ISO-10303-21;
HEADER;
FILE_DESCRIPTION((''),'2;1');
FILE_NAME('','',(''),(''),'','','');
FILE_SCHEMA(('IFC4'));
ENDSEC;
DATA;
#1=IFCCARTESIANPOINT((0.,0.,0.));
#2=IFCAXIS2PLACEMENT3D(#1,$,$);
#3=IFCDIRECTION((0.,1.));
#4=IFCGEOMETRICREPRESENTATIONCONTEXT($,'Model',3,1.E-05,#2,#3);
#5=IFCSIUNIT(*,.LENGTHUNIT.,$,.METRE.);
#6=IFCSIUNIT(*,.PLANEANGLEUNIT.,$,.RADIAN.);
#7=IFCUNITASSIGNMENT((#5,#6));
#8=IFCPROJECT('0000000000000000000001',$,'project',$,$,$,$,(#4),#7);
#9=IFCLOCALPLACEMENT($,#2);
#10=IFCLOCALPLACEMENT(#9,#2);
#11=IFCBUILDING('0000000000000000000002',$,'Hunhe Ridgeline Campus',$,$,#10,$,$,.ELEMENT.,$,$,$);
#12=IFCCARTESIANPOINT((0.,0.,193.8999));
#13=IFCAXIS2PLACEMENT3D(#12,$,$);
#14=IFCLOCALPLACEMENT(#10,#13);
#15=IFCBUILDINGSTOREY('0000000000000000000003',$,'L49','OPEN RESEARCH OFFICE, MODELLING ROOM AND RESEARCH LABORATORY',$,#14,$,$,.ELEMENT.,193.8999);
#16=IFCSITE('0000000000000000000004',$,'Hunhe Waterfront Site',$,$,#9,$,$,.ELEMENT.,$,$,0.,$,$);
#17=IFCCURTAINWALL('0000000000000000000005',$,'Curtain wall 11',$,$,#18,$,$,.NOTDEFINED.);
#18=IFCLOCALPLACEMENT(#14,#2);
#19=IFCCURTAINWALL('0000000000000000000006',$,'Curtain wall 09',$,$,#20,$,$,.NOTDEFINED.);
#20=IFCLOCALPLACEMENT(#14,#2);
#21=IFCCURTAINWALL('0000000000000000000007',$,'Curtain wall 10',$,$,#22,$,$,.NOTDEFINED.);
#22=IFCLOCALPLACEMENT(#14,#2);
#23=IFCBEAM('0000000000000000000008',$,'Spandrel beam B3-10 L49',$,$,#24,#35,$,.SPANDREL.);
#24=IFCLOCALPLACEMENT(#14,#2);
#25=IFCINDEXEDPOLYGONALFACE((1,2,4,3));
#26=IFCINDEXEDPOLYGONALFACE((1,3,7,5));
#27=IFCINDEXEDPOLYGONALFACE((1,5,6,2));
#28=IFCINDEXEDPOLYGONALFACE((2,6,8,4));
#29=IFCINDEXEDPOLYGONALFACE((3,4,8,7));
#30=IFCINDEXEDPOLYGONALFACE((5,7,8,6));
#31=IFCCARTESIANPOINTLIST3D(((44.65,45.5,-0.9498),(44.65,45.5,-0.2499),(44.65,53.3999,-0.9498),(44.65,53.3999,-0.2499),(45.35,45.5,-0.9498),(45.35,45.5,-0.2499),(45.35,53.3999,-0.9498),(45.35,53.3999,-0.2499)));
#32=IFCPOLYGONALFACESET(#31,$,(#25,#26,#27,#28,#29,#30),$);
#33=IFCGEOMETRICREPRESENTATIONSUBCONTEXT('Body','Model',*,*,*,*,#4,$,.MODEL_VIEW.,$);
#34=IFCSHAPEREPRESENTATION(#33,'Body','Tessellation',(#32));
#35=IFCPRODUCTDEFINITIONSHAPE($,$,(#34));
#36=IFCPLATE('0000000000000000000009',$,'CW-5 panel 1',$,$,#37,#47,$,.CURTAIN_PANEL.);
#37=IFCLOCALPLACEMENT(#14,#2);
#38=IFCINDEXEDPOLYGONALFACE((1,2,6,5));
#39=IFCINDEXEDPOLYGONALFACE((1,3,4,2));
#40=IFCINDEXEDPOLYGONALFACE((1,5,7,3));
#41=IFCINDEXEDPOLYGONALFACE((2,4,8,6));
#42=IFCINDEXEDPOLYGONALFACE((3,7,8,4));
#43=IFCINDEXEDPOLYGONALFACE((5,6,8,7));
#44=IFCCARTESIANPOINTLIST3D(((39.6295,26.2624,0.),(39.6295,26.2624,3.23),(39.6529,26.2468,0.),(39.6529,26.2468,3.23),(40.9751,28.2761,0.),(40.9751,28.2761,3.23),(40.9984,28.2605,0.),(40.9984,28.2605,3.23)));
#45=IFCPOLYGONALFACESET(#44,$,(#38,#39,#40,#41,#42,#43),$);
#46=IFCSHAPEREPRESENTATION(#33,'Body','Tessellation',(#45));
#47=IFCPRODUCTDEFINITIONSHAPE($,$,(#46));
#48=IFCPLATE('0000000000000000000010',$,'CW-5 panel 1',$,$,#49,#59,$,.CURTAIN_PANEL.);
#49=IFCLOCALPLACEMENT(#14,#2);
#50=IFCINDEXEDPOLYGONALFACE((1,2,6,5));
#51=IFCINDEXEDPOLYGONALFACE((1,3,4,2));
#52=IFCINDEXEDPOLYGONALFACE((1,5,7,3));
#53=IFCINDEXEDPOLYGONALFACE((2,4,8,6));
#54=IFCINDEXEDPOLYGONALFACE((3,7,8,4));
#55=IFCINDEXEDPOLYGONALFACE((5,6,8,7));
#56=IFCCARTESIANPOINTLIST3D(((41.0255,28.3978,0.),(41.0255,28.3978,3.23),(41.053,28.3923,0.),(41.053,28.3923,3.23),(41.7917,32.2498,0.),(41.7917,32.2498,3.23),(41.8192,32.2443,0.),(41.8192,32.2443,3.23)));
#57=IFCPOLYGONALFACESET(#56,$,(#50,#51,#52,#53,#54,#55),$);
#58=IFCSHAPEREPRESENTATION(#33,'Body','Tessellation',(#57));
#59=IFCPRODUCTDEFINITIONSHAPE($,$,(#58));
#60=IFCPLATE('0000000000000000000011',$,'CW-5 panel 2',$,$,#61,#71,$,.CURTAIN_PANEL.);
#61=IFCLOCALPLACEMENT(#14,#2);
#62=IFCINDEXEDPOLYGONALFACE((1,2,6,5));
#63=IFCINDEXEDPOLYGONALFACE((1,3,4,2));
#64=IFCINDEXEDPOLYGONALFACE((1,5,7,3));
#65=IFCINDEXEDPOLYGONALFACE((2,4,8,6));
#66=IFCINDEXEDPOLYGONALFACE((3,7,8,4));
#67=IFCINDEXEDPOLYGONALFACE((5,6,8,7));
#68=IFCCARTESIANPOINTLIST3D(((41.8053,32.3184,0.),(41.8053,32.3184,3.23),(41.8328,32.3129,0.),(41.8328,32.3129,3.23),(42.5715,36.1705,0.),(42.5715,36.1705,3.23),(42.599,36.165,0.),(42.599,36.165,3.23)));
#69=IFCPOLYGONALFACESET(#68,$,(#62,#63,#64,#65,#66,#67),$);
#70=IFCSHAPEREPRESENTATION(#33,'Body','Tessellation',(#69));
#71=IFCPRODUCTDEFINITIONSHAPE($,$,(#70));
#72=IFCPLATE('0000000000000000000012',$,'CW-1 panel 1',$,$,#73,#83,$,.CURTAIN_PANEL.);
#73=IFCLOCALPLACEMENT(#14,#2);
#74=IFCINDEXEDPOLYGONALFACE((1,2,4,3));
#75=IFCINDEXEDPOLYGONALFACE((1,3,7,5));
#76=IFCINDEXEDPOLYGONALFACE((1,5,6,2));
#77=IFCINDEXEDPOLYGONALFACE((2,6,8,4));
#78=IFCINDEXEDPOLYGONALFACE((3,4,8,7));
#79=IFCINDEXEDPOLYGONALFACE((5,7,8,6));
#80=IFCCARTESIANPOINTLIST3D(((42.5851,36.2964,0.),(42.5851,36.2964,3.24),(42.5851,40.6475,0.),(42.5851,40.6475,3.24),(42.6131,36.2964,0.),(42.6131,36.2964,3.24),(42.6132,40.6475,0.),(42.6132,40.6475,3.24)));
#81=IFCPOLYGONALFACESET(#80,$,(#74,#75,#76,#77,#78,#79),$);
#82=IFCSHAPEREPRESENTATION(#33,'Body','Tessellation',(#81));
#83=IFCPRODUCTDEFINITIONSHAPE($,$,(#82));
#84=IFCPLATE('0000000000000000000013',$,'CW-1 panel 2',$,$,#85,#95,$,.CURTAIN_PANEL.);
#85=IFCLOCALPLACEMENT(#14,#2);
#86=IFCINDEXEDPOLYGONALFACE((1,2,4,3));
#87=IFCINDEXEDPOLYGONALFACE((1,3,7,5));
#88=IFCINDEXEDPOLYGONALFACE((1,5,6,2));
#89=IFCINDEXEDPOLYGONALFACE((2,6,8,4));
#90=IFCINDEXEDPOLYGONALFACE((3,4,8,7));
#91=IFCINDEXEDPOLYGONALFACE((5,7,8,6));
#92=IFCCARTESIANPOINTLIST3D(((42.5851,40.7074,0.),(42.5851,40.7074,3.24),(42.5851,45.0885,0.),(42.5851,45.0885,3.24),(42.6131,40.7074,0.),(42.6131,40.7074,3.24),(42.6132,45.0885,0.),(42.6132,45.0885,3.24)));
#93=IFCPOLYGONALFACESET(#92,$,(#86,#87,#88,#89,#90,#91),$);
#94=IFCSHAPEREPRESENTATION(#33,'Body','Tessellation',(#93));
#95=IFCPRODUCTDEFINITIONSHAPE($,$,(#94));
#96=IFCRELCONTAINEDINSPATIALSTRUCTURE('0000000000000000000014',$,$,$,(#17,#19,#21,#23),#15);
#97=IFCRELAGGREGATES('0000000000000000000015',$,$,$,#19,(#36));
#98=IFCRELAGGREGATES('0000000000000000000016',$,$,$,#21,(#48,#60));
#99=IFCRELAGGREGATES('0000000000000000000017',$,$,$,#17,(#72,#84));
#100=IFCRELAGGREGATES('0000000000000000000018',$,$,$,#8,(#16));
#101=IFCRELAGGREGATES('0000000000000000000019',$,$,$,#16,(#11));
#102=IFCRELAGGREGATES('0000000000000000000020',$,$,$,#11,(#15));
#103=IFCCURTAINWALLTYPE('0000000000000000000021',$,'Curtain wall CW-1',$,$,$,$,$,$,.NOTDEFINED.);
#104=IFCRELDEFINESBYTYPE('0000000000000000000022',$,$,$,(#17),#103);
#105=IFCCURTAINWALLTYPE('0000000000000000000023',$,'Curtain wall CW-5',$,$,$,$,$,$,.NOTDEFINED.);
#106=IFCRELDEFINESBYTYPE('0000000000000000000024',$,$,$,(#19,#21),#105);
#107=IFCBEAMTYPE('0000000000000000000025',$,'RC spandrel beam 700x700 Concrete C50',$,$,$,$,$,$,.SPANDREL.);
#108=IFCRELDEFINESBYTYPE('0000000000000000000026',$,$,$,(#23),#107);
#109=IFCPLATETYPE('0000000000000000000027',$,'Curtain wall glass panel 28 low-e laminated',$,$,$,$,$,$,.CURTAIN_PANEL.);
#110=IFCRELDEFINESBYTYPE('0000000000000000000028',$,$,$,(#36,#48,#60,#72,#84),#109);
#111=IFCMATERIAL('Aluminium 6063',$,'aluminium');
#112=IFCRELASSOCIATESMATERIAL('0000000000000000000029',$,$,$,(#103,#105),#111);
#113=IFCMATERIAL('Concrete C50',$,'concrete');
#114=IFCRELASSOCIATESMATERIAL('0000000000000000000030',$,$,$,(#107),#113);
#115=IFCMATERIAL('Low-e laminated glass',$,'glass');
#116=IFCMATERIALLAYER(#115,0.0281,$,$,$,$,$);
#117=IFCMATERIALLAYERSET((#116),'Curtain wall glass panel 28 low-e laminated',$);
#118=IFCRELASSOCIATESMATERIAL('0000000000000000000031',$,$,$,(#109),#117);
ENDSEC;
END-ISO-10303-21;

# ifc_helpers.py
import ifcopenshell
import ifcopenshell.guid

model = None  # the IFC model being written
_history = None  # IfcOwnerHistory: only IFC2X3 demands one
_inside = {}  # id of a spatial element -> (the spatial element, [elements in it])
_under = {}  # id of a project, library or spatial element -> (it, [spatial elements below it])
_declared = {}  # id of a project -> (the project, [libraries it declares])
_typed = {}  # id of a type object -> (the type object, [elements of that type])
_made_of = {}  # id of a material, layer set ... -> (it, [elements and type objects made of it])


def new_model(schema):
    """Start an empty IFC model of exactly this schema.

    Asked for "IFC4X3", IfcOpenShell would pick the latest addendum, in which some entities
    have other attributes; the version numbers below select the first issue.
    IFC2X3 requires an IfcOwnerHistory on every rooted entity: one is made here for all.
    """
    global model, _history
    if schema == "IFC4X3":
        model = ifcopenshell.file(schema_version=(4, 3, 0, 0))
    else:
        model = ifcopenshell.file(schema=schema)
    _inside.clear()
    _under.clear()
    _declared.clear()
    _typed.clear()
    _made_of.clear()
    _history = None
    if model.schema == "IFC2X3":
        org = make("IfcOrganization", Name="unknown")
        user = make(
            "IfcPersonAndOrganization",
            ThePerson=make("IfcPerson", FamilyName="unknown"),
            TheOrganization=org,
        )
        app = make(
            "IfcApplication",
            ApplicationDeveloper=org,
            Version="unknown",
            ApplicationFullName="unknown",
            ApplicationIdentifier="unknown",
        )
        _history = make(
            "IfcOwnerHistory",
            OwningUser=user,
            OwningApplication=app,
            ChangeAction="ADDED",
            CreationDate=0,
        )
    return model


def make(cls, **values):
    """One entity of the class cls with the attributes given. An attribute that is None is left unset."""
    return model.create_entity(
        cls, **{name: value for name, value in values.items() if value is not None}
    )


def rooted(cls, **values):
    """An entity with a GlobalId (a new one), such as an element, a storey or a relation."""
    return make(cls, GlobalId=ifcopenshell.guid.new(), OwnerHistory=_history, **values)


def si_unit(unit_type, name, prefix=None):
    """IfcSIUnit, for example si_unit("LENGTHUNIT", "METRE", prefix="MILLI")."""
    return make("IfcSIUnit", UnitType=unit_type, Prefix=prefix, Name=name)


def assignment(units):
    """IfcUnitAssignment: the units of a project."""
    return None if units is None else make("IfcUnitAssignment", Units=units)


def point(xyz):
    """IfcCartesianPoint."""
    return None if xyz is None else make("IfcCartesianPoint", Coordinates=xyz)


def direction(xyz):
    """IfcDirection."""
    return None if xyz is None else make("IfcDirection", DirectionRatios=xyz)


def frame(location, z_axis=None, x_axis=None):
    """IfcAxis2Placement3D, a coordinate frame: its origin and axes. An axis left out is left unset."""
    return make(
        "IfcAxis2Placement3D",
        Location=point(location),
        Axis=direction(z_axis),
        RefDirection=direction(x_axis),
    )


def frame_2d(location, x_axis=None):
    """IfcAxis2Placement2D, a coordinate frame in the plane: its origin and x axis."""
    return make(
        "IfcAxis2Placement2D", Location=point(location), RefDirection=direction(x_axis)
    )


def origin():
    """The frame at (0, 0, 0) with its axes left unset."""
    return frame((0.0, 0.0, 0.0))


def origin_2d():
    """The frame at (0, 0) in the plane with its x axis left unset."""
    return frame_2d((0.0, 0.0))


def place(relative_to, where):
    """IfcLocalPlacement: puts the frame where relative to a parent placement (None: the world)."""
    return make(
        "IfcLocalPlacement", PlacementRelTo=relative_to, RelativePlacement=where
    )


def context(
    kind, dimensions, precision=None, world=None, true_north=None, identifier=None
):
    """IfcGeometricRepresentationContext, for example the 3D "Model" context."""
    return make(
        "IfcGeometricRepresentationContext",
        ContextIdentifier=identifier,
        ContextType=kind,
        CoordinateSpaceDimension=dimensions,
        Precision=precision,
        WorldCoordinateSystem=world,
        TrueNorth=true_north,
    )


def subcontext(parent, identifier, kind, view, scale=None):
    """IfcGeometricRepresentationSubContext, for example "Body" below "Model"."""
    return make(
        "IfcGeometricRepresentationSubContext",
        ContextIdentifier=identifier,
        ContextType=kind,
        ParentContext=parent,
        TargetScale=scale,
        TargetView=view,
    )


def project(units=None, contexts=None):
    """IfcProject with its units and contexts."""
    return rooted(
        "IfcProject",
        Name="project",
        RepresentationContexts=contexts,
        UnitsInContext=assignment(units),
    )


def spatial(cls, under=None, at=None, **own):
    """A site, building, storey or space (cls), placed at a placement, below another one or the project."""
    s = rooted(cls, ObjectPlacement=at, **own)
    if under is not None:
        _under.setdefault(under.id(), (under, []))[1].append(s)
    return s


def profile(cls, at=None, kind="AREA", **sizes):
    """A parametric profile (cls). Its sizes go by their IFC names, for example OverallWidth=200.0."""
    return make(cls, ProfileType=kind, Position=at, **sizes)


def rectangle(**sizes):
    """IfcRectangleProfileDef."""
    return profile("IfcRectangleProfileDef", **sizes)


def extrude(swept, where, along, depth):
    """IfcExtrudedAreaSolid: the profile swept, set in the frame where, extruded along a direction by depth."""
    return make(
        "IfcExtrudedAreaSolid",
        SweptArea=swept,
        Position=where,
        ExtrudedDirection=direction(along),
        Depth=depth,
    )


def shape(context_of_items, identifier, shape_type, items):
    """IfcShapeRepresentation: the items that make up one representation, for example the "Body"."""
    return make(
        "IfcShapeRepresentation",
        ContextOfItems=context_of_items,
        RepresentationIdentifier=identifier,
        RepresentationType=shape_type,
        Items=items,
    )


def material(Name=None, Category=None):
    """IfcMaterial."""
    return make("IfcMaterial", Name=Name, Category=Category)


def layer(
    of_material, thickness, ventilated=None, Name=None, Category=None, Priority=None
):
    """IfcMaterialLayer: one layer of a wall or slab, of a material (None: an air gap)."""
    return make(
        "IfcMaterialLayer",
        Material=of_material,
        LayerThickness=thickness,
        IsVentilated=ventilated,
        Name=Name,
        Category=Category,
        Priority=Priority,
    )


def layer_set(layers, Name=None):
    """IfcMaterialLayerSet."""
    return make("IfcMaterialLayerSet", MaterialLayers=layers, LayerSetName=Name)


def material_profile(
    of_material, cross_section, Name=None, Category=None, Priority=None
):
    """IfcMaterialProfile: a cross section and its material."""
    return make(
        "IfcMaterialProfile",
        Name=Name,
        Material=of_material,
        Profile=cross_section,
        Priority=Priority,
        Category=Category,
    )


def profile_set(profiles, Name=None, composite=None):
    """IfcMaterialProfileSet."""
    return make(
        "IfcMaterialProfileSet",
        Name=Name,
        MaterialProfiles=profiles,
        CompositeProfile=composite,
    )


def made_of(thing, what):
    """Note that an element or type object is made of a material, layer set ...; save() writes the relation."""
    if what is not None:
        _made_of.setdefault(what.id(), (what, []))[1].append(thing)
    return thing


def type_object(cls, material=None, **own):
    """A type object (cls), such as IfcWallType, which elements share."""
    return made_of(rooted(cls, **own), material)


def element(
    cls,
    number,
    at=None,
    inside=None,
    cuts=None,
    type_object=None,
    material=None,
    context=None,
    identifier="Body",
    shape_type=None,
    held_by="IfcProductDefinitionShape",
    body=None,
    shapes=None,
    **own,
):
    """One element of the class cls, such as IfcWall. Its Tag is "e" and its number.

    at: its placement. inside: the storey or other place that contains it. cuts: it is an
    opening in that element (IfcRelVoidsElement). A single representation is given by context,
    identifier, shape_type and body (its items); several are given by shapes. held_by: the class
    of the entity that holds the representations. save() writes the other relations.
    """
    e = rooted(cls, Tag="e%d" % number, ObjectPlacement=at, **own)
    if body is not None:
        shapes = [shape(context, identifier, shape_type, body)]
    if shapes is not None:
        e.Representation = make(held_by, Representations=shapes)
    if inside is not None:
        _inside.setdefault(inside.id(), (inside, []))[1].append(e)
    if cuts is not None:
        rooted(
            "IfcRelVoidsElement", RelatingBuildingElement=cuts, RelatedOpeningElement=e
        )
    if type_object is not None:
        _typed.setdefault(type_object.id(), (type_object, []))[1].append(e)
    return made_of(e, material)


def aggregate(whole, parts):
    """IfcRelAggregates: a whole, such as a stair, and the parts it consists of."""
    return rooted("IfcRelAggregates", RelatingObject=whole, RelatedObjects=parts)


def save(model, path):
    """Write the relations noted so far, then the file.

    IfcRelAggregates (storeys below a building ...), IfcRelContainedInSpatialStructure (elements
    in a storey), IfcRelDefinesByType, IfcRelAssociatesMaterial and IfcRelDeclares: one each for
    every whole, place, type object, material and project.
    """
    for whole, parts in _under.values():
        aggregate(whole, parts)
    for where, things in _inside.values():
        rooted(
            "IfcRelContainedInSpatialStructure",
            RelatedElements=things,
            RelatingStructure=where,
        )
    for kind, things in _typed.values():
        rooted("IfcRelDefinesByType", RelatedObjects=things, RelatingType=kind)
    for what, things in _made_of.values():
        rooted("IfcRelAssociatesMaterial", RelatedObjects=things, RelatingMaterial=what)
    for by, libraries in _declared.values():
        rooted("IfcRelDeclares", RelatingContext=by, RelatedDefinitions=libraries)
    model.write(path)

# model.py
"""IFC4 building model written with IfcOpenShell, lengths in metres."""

from ifc_helpers import new_model, si_unit, direction, frame, origin, origin_2d, place, context, subcontext, project, spatial, rectangle, extrude, material, layer, layer_set, material_profile, profile_set, type_object, element, aggregate, save


model = new_model("IFC4")

# Units and contexts
model_context = context("Model", 3, precision=1e-05, world=origin(), true_north=direction((0.0, 1.0)))
body_context = subcontext(model_context, "Body", "Model", "MODEL_VIEW")
ifc_project = project(units=[si_unit("LENGTHUNIT", "METRE"), si_unit("PLANEANGLEUNIT", "RADIAN")], contexts=[model_context])

# Site, building, storey
site_placement = place(None, origin())
site = spatial("IfcSite", under=ifc_project, at=site_placement, Name="Hunhe Waterfront Site", CompositionType="ELEMENT", RefElevation=0.0)
building_placement = place(site_placement, origin())
building = spatial("IfcBuilding", under=site, at=building_placement, Name="Hunhe Ridgeline Campus", CompositionType="ELEMENT")
storey_placement = place(building_placement, frame((0.0, 0.0, 193.8999)))
storey = spatial("IfcBuildingStorey", under=building, at=storey_placement, Name="L49", Description="OPEN RESEARCH OFFICE, MODELLING ROOM AND RESEARCH LABORATORY", CompositionType="ELEMENT", Elevation=193.8999)

# Curtain wall
ifc_material_1 = material(Name="Aluminium 6063", Category="aluminium")
curtain_wall_type_1 = type_object("IfcCurtainWallType", Name="Curtain wall CW-1", PredefinedType="NOTDEFINED", material=ifc_material_1)
curtain_wall_1_placement = place(storey_placement, origin())
curtain_wall_1 = element("IfcCurtainWall", 1, at=curtain_wall_1_placement, inside=storey, type_object=curtain_wall_type_1, Name="Curtain wall 11", PredefinedType="NOTDEFINED")

# Curtain wall
curtain_wall_type_2 = type_object("IfcCurtainWallType", Name="Curtain wall CW-5", PredefinedType="NOTDEFINED", material=ifc_material_1)
curtain_wall_2_placement = place(storey_placement, origin())
curtain_wall_2 = element("IfcCurtainWall", 2, at=curtain_wall_2_placement, inside=storey, type_object=curtain_wall_type_2, Name="Curtain wall 09", PredefinedType="NOTDEFINED")

# Curtain wall
curtain_wall_3_placement = place(storey_placement, origin())
curtain_wall_3 = element("IfcCurtainWall", 3, at=curtain_wall_3_placement, inside=storey, type_object=curtain_wall_type_2, Name="Curtain wall 10", PredefinedType="NOTDEFINED")

# Beam
ifc_material_2 = material(Name="Concrete C50", Category="concrete")
ifc_material_profile_1 = material_profile(ifc_material_2, rectangle(XDim=0.7, YDim=0.7, at=origin_2d()))
ifc_profile_set_1 = profile_set([ifc_material_profile_1], Name="Concrete C50")
beam_type = type_object("IfcBeamType", Name="RC spandrel beam 700x700 Concrete C50", PredefinedType="SPANDREL", material=ifc_profile_set_1)
beam_1_placement = place(storey_placement, frame((45.0, 45.5, -0.5999), z_axis=(0.0, 1.0, 0.0), x_axis=(-1.0, 0.0, 0.0)))
element("IfcBeam", 4, at=beam_1_placement, inside=storey, type_object=beam_type, Name="Spandrel beam B3-10 L49", PredefinedType="SPANDREL", context=body_context, shape_type="SweptSolid", body=[
    extrude(rectangle(XDim=0.7, YDim=0.7, at=origin_2d()), origin(), (0.0, 0.0, 1.0), 7.8999),
])

# Plates
ifc_material_3 = material(Name="Low-e laminated glass", Category="glass")
ifc_layer = layer(ifc_material_3, 0.0281)
ifc_layer_set = layer_set([ifc_layer], Name="Curtain wall glass panel 28 low-e laminated")
plate_type = type_object("IfcPlateType", Name="Curtain wall glass panel 28 low-e laminated", PredefinedType="CURTAIN_PANEL", material=ifc_layer_set)
plate_1_placement = place(storey_placement, frame((40.314, 27.2615, 0.0), z_axis=(0.0, 0.0, 1.0), x_axis=(0.55557, 0.83147, 0.0)))
plate_1 = element("IfcPlate", 5, at=plate_1_placement, type_object=plate_type, Name="CW-5 panel 1", PredefinedType="CURTAIN_PANEL", context=body_context, shape_type="SweptSolid", body=[
    extrude(rectangle(XDim=2.4219, YDim=0.0281, at=origin_2d()), origin(), (0.0, 0.0, 1.0), 3.23),
])
aggregate(curtain_wall_2, [plate_1])
plate_2_placement = place(storey_placement, frame((41.4224, 30.321, 0.0), z_axis=(0.0, 0.0, 1.0), x_axis=(0.19509, 0.980785, 0.0)))
plate_2 = element("IfcPlate", 6, at=plate_2_placement, type_object=plate_type, Name="CW-5 panel 1", PredefinedType="CURTAIN_PANEL", context=body_context, shape_type="SweptSolid", body=[
    extrude(rectangle(XDim=3.9275, YDim=0.0281, at=origin_2d()), origin(), (0.0, 0.0, 1.0), 3.23),
])
plate_3_placement = place(storey_placement, frame((42.2021, 34.2417, 0.0), z_axis=(0.0, 0.0, 1.0), x_axis=(0.19509, 0.980785, 0.0)))
plate_3 = element("IfcPlate", 7, at=plate_3_placement, type_object=plate_type, Name="CW-5 panel 2", PredefinedType="CURTAIN_PANEL", context=body_context, shape_type="SweptSolid", body=[
    extrude(rectangle(XDim=3.9275, YDim=0.0281, at=origin_2d()), origin(), (0.0, 0.0, 1.0), 3.23),
])
aggregate(curtain_wall_3, [plate_2, plate_3])
plate_4_placement = place(storey_placement, frame((42.5991, 38.4719, 0.0), z_axis=(0.0, 0.0, 1.0), x_axis=(0.000007, 1.0, 0.0)))
plate_4 = element("IfcPlate", 8, at=plate_4_placement, type_object=plate_type, Name="CW-1 panel 1", PredefinedType="CURTAIN_PANEL", context=body_context, shape_type="SweptSolid", body=[
    extrude(rectangle(XDim=4.3511, YDim=0.0281, at=origin_2d()), origin(), (0.0, 0.0, 1.0), 3.24),
])
plate_5_placement = place(storey_placement, frame((42.5991, 42.8979, 0.0), z_axis=(0.0, 0.0, 1.0), x_axis=(0.000007, 1.0, 0.0)))
plate_5 = element("IfcPlate", 9, at=plate_5_placement, type_object=plate_type, Name="CW-1 panel 2", PredefinedType="CURTAIN_PANEL", context=body_context, shape_type="SweptSolid", body=[
    extrude(rectangle(XDim=4.3811, YDim=0.0281, at=origin_2d()), origin(), (0.0, 0.0, 1.0), 3.24),
])
aggregate(curtain_wall_1, [plate_4, plate_5])

save(model, "model.ifc")
